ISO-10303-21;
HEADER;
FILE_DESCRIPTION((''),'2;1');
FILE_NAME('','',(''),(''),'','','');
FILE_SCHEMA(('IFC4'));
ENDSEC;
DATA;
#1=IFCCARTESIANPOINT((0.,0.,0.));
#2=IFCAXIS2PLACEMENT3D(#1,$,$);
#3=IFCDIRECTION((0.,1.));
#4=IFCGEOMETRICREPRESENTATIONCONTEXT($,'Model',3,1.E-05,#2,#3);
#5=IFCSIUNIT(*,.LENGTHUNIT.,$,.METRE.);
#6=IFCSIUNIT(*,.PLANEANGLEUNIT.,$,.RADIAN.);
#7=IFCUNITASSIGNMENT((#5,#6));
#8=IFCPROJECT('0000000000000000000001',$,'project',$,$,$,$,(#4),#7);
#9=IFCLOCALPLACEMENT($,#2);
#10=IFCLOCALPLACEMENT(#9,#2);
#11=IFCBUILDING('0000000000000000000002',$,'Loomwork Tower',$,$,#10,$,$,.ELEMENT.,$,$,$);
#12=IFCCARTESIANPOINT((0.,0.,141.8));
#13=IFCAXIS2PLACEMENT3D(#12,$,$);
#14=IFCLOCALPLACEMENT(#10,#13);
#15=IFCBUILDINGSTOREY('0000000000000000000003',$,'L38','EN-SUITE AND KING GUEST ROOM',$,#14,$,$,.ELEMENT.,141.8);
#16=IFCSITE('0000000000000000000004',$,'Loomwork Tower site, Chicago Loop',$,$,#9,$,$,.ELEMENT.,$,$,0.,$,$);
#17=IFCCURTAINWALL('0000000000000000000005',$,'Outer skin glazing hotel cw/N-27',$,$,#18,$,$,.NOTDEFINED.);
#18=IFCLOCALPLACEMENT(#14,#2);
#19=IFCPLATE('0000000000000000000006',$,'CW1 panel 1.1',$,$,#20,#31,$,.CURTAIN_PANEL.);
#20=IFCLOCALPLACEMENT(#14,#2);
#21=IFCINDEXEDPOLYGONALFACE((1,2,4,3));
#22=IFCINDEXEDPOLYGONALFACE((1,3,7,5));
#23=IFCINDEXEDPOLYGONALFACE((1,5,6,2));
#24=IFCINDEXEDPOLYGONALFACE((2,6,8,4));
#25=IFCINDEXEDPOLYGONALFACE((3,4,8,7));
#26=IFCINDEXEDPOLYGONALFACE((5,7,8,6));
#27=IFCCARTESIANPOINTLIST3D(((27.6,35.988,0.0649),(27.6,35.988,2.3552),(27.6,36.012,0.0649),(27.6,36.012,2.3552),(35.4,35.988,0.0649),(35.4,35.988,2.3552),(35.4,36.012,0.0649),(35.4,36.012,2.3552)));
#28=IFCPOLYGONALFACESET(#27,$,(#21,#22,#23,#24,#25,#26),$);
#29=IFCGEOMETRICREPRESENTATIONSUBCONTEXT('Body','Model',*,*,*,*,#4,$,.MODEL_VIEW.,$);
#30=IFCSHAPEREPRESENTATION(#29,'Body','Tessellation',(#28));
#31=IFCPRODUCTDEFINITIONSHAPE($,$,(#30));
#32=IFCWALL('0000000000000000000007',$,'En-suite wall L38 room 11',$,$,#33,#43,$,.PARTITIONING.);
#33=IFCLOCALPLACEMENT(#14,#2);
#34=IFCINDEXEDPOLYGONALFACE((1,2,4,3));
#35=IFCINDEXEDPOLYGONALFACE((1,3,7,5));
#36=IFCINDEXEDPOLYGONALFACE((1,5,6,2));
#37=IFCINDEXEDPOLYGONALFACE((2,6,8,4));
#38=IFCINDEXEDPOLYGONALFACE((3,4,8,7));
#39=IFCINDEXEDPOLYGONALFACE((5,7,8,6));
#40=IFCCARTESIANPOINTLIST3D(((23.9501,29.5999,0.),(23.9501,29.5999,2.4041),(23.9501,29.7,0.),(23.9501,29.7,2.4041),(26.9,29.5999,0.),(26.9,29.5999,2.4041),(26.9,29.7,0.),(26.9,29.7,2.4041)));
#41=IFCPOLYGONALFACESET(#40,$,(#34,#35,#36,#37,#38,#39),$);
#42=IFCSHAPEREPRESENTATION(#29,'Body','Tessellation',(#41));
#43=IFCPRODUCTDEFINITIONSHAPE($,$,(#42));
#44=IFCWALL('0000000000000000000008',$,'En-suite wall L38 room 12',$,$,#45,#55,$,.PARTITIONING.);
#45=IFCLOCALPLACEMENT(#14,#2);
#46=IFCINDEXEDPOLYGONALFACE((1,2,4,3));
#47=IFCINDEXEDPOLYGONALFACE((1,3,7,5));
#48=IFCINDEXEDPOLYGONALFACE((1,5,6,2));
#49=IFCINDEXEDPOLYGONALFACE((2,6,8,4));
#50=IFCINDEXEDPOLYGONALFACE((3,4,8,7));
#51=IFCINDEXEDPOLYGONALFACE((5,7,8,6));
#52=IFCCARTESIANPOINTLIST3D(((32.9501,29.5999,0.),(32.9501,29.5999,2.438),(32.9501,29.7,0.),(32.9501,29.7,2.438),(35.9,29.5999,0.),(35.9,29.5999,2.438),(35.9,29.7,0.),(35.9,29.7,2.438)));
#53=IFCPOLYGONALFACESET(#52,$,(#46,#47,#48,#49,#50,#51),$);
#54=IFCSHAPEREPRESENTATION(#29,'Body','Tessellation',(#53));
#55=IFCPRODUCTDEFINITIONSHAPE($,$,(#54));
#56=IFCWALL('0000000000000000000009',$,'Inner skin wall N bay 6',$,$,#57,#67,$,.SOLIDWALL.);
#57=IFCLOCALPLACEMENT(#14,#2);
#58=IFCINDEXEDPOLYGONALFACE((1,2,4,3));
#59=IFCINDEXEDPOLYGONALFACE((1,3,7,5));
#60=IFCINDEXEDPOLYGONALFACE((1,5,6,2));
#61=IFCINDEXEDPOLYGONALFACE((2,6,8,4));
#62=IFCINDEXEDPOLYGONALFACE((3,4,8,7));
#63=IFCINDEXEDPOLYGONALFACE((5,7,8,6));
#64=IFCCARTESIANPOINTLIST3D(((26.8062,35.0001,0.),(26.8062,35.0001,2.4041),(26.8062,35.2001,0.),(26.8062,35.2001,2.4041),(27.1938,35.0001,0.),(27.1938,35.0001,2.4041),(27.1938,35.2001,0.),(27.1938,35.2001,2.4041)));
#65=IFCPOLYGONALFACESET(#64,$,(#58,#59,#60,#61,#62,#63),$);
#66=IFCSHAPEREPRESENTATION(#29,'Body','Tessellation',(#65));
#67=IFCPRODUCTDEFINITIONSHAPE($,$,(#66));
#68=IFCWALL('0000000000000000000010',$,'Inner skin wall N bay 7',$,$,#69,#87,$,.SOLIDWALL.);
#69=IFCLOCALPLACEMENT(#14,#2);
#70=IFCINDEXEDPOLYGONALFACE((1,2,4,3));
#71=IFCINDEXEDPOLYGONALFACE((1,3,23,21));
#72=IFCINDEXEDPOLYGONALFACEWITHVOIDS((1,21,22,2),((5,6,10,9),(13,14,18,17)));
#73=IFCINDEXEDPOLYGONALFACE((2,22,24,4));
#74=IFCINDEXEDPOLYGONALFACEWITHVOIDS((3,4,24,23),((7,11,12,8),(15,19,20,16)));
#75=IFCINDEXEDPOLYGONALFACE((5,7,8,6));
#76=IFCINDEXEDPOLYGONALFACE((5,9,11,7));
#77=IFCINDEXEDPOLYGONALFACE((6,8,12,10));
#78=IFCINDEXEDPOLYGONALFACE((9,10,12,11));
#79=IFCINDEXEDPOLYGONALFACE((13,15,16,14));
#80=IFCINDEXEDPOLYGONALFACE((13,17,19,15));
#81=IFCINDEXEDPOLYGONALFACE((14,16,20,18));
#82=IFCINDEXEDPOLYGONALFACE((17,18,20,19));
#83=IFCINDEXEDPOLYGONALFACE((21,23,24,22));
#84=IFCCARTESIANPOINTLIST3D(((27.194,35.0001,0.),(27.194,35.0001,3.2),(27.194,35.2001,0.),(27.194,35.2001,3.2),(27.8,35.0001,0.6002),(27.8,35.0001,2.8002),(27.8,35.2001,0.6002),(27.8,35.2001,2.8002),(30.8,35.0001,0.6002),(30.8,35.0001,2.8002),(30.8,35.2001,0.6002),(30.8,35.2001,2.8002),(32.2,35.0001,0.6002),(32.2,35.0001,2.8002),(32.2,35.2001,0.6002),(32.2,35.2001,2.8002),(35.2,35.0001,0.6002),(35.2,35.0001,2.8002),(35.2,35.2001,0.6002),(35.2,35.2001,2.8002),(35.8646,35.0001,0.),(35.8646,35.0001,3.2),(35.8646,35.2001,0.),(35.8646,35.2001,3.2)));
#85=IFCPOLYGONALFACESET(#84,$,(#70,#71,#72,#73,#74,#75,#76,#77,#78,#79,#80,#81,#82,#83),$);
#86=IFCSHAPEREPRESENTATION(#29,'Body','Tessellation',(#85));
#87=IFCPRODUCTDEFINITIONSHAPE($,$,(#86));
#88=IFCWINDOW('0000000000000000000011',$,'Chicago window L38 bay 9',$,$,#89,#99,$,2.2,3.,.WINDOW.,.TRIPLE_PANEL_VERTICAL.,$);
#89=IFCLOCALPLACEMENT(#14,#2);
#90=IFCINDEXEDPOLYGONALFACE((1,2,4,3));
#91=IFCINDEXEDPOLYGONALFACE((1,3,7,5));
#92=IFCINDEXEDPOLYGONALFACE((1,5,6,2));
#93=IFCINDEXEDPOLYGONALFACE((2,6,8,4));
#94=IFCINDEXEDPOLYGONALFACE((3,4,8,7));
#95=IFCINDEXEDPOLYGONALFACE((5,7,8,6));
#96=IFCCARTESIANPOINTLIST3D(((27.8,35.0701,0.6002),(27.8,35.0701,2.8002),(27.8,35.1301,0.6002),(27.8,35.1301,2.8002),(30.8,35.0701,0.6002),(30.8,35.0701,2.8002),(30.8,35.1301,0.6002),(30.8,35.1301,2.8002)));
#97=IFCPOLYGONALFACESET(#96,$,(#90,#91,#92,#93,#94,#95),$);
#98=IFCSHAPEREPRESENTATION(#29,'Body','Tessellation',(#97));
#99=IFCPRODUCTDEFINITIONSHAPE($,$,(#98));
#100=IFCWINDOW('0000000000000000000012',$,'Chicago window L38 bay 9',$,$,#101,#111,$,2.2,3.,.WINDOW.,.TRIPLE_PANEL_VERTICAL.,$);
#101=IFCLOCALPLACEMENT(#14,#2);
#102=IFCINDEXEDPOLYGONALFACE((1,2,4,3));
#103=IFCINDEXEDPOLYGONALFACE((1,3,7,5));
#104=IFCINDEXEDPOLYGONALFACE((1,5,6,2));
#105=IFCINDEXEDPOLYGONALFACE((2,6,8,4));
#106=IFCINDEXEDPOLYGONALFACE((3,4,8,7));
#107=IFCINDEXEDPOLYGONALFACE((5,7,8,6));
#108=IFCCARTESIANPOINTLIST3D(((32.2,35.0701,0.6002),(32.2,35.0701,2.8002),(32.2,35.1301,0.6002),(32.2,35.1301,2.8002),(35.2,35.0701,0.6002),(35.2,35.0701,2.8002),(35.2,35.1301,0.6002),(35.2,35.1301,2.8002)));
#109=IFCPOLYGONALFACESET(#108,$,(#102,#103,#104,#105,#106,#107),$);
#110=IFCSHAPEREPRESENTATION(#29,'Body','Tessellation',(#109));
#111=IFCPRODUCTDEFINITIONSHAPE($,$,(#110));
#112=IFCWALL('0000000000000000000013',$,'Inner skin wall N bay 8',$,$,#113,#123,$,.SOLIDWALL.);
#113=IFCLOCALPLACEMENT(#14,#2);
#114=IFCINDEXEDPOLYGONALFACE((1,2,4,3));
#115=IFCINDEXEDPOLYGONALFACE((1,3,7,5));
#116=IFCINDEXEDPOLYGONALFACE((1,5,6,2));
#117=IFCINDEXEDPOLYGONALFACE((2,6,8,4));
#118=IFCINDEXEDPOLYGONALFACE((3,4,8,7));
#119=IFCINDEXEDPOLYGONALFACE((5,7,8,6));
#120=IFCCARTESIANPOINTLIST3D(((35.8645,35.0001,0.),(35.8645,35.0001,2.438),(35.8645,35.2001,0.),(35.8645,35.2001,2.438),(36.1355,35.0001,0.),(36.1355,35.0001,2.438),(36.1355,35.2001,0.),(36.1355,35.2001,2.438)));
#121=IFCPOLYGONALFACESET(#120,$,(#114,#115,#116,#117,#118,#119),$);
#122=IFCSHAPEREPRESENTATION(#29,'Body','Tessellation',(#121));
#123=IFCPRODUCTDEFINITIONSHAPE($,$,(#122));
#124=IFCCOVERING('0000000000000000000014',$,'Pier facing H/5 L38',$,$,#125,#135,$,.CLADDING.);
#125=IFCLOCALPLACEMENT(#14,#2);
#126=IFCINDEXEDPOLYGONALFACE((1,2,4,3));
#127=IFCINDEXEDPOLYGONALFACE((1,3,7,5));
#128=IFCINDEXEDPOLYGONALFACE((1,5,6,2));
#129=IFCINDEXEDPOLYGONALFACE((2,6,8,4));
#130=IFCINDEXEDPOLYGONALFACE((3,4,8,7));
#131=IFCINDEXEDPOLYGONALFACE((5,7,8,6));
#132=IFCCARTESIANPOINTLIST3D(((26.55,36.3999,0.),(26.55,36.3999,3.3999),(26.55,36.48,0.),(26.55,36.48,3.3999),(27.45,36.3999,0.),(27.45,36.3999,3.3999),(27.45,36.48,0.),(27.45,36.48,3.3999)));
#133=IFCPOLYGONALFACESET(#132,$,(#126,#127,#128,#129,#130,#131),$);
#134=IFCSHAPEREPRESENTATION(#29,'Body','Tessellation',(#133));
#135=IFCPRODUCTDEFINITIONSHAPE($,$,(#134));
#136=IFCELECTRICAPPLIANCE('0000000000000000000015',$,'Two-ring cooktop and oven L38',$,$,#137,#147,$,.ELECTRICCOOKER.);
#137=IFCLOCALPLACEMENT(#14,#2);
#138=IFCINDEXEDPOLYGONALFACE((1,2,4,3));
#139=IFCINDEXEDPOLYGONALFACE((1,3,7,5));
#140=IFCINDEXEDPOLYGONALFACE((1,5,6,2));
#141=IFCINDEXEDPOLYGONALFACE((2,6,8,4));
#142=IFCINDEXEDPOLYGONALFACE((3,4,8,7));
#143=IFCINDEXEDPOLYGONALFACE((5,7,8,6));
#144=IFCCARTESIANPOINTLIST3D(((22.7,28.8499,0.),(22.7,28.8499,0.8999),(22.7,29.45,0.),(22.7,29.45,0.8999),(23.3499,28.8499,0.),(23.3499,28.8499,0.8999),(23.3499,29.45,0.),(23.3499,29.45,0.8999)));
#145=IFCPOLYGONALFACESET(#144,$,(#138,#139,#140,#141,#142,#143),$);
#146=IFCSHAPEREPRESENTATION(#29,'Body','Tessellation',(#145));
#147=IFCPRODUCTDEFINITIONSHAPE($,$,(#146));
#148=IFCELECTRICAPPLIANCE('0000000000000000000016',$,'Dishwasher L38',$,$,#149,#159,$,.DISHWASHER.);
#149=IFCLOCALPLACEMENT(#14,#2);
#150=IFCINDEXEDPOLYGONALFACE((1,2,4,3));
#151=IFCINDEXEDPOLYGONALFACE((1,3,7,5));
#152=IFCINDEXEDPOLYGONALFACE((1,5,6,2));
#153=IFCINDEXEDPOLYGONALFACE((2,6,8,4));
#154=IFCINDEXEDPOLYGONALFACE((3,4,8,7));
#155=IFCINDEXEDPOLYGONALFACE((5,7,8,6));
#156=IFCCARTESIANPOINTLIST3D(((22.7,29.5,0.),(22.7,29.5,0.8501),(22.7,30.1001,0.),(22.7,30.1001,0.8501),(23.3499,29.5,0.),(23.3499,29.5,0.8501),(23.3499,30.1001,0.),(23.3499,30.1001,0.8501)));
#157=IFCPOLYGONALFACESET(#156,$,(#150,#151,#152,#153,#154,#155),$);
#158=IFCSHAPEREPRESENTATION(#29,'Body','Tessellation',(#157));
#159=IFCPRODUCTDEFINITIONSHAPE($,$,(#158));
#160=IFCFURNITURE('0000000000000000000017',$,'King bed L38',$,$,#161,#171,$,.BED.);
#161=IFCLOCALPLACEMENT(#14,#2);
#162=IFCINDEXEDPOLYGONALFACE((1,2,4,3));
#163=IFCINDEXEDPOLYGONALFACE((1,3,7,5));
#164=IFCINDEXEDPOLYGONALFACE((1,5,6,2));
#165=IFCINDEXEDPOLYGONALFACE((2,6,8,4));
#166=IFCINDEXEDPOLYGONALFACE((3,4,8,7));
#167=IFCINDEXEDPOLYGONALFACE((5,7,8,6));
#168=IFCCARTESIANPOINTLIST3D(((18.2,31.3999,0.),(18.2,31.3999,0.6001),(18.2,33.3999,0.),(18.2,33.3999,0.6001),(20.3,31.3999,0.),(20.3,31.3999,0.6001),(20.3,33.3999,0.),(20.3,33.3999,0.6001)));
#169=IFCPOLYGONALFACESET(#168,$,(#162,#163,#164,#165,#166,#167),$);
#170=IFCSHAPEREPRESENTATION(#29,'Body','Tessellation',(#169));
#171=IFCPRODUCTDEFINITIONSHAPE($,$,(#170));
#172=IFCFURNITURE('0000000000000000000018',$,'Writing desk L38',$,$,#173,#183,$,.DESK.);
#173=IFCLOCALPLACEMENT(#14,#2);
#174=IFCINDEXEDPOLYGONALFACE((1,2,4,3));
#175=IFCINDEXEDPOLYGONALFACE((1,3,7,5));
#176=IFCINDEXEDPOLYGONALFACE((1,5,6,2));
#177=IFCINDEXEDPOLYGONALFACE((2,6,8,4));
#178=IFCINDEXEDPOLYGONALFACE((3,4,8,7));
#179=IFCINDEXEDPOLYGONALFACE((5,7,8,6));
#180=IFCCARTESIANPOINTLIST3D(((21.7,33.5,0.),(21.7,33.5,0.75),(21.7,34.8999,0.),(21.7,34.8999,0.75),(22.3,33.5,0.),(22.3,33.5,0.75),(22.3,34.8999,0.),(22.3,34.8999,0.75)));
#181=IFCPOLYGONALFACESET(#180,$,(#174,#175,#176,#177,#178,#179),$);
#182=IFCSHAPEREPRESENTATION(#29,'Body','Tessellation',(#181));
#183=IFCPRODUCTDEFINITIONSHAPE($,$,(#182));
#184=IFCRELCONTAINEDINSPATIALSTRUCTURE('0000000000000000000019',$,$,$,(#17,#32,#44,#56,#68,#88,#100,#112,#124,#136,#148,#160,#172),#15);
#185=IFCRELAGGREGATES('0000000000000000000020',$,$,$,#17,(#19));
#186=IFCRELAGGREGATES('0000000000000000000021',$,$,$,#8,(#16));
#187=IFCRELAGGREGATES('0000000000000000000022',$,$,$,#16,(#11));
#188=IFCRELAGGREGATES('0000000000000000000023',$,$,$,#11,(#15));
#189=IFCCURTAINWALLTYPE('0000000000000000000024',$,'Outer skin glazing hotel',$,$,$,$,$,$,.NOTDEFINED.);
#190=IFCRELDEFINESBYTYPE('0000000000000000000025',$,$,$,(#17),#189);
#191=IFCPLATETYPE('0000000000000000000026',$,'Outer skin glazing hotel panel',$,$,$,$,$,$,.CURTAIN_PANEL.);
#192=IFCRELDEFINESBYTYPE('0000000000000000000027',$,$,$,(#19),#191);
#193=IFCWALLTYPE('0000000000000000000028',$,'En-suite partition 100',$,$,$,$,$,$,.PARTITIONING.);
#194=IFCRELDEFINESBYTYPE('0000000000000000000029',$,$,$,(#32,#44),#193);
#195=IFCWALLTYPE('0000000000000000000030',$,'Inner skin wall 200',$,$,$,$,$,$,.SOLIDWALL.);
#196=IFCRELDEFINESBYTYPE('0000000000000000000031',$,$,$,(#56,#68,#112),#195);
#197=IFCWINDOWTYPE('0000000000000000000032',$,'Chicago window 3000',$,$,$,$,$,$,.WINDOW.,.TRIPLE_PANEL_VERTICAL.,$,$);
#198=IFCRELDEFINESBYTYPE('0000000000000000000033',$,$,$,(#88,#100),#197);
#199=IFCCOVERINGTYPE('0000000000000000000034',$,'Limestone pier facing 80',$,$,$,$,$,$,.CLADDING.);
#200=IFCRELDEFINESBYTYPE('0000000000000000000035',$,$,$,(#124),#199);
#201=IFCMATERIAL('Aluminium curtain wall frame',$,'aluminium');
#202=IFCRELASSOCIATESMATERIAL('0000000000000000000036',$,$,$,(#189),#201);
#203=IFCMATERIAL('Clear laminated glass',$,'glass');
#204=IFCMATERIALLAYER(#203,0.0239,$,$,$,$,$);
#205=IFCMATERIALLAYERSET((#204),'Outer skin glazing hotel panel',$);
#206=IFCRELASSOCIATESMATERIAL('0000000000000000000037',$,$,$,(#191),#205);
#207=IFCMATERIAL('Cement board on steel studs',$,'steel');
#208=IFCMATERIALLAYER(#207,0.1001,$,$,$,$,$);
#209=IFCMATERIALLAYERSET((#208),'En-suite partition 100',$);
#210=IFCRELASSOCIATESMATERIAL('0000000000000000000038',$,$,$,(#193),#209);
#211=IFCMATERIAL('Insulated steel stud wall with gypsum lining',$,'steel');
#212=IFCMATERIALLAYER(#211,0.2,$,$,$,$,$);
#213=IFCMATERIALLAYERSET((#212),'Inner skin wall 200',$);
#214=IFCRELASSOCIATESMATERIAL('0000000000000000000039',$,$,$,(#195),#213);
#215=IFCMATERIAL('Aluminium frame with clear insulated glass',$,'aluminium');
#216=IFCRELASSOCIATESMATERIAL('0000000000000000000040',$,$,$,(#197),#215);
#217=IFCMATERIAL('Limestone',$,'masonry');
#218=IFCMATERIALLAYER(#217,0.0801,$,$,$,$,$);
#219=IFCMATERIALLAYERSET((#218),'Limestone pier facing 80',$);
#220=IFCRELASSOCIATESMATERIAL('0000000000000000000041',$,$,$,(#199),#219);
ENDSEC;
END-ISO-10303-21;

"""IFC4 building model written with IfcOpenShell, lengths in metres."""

from ifc_helpers import new_model, si_unit, direction, frame, frame_2d, origin, origin_2d, place, context, subcontext, project, spatial, rectangle, extrude, material, layer, layer_set, type_object, element, fill, aggregate, save


model = new_model("IFC4")

# Units and contexts
model_context = context("Model", 3, precision=1e-05, world=origin(), true_north=direction((0.0, 1.0)))
body_context = subcontext(model_context, "Body", "Model", "MODEL_VIEW")
ifc_project = project(units=[si_unit("LENGTHUNIT", "METRE"), si_unit("PLANEANGLEUNIT", "RADIAN")], contexts=[model_context])

# Site, building, storey
site_placement = place(None, origin())
site = spatial("IfcSite", under=ifc_project, at=site_placement, Name="Loomwork Tower site, Chicago Loop", CompositionType="ELEMENT", RefElevation=0.0)
building_placement = place(site_placement, origin())
building = spatial("IfcBuilding", under=site, at=building_placement, Name="Loomwork Tower", CompositionType="ELEMENT")
storey_placement = place(building_placement, frame((0.0, 0.0, 141.8)))
storey = spatial("IfcBuildingStorey", under=building, at=storey_placement, Name="L38", Description="EN-SUITE AND KING GUEST ROOM", CompositionType="ELEMENT", Elevation=141.8)

# Curtain wall
ifc_material_1 = material(Name="Aluminium curtain wall frame", Category="aluminium")
curtain_wall_type = type_object("IfcCurtainWallType", Name="Outer skin glazing hotel", PredefinedType="NOTDEFINED", material=ifc_material_1)
curtain_wall_1_placement = place(storey_placement, origin())
curtain_wall_1 = element("IfcCurtainWall", 1, at=curtain_wall_1_placement, inside=storey, type_object=curtain_wall_type, Name="Outer skin glazing hotel cw/N-27", PredefinedType="NOTDEFINED")

# Plate
ifc_material_2 = material(Name="Clear laminated glass", Category="glass")
ifc_layer_1 = layer(ifc_material_2, 0.0239)
ifc_layer_set_1 = layer_set([ifc_layer_1], Name="Outer skin glazing hotel panel")
plate_type = type_object("IfcPlateType", Name="Outer skin glazing hotel panel", PredefinedType="CURTAIN_PANEL", material=ifc_layer_set_1)
plate_1_placement = place(storey_placement, frame((31.5, 36.0, 0.0649), z_axis=(0.0, 0.0, 1.0), x_axis=(-1.0, 0.0, 0.0)))
plate_1 = element("IfcPlate", 2, at=plate_1_placement, type_object=plate_type, Name="CW1 panel 1.1", PredefinedType="CURTAIN_PANEL", context=body_context, shape_type="SweptSolid", body=[
    extrude(rectangle(XDim=7.8, YDim=0.0239, at=origin_2d()), origin(), (0.0, 0.0, 1.0), 2.2903),
])
aggregate(curtain_wall_1, [plate_1])

# Walls
ifc_material_3 = material(Name="Cement board on steel studs", Category="steel")
ifc_layer_2 = layer(ifc_material_3, 0.1001)
ifc_layer_set_2 = layer_set([ifc_layer_2], Name="En-suite partition 100")
wall_type_1 = type_object("IfcWallType", Name="En-suite partition 100", PredefinedType="PARTITIONING", material=ifc_layer_set_2)
wall_1_placement = place(storey_placement, frame((23.95, 29.6499, 0.0), z_axis=(0.0, 0.0, 1.0), x_axis=(1.0, 0.0, 0.0)))
element("IfcWall", 3, at=wall_1_placement, inside=storey, type_object=wall_type_1, Name="En-suite wall L38 room 11", PredefinedType="PARTITIONING", context=body_context, shape_type="SweptSolid", body=[
    extrude(rectangle(XDim=2.95, YDim=0.1001, at=frame_2d((1.4751, 0.0))), origin(), (0.0, 0.0, 1.0), 2.4041),
])
wall_2_placement = place(storey_placement, frame((32.95, 29.6499, 0.0), z_axis=(0.0, 0.0, 1.0), x_axis=(1.0, 0.0, 0.0)))
element("IfcWall", 4, at=wall_2_placement, inside=storey, type_object=wall_type_1, Name="En-suite wall L38 room 12", PredefinedType="PARTITIONING", context=body_context, shape_type="SweptSolid", body=[
    extrude(rectangle(XDim=2.95, YDim=0.1001, at=frame_2d((1.4751, 0.0))), origin(), (0.0, 0.0, 1.0), 2.438),
])
ifc_material_4 = material(Name="Insulated steel stud wall with gypsum lining", Category="steel")
ifc_layer_3 = layer(ifc_material_4, 0.2)
ifc_layer_set_3 = layer_set([ifc_layer_3], Name="Inner skin wall 200")
wall_type_2 = type_object("IfcWallType", Name="Inner skin wall 200", PredefinedType="SOLIDWALL", material=ifc_layer_set_3)
wall_3_placement = place(storey_placement, frame((26.8062, 35.1001, 0.0), z_axis=(0.0, 0.0, 1.0), x_axis=(1.0, 0.0, 0.0)))
element("IfcWall", 5, at=wall_3_placement, inside=storey, type_object=wall_type_2, Name="Inner skin wall N bay 6", PredefinedType="SOLIDWALL", context=body_context, shape_type="SweptSolid", body=[
    extrude(rectangle(XDim=0.3877, YDim=0.2, at=frame_2d((0.1938, 0.0))), origin(), (0.0, 0.0, 1.0), 2.4041),
])

# Wall, openings, windows
wall_4_placement = place(storey_placement, frame((27.1938, 35.1001, 0.0), z_axis=(0.0, 0.0, 1.0), x_axis=(1.0, 0.0, 0.0)))
wall_4 = element("IfcWall", 6, at=wall_4_placement, inside=storey, type_object=wall_type_2, Name="Inner skin wall N bay 7", PredefinedType="SOLIDWALL", context=body_context, shape_type="SweptSolid", body=[
    extrude(rectangle(XDim=8.6707, YDim=0.2, at=frame_2d((4.3354, 0.0))), origin(), (0.0, 0.0, 1.0), 3.2),
])
opening_1_placement = place(wall_4_placement, frame((0.6062, 0.0, 0.6001)))
opening_1 = element("IfcOpeningElement", 7, at=opening_1_placement, cuts=wall_4, PredefinedType="OPENING", context=body_context, shape_type="SweptSolid", body=[
    extrude(rectangle(XDim=3.0, YDim=2.2, at=frame_2d((1.5, 1.1001))), frame((0.0, 0.1099, 0.0), z_axis=(0.0, -1.0, 0.0), x_axis=(1.0, 0.0, 0.0)), (0.0, 0.0, 1.0), 0.22),
])
opening_2_placement = place(wall_4_placement, frame((5.0061, 0.0, 0.6001)))
opening_2 = element("IfcOpeningElement", 8, at=opening_2_placement, cuts=wall_4, PredefinedType="OPENING", context=body_context, shape_type="SweptSolid", body=[
    extrude(rectangle(XDim=3.0, YDim=2.2, at=frame_2d((1.5, 1.1001))), frame((0.0, 0.1099, 0.0), z_axis=(0.0, -1.0, 0.0), x_axis=(1.0, 0.0, 0.0)), (0.0, 0.0, 1.0), 0.22),
])
ifc_material_5 = material(Name="Aluminium frame with clear insulated glass", Category="aluminium")
window_type = type_object("IfcWindowType", Name="Chicago window 3000", PartitioningType="TRIPLE_PANEL_VERTICAL", PredefinedType="WINDOW", material=ifc_material_5)
window_1_placement = place(opening_1_placement, origin())
window_1 = element("IfcWindow", 9, at=window_1_placement, inside=storey, type_object=window_type, Name="Chicago window L38 bay 9", OverallHeight=2.2, OverallWidth=3.0, PartitioningType="TRIPLE_PANEL_VERTICAL", PredefinedType="WINDOW", context=body_context, shape_type="SweptSolid", body=[
    extrude(rectangle(XDim=3.0, YDim=2.2, at=frame_2d((1.5, 1.1001))), frame((0.0, 0.03, 0.0), z_axis=(0.0, -1.0, 0.0), x_axis=(1.0, 0.0, 0.0)), (0.0, 0.0, 1.0), 0.0601),
])
fill(opening_1, window_1)
window_2_placement = place(opening_2_placement, origin())
window_2 = element("IfcWindow", 10, at=window_2_placement, inside=storey, type_object=window_type, Name="Chicago window L38 bay 9", OverallHeight=2.2, OverallWidth=3.0, PartitioningType="TRIPLE_PANEL_VERTICAL", PredefinedType="WINDOW", context=body_context, shape_type="SweptSolid", body=[
    extrude(rectangle(XDim=3.0, YDim=2.2, at=frame_2d((1.5, 1.1001))), frame((0.0, 0.03, 0.0), z_axis=(0.0, -1.0, 0.0), x_axis=(1.0, 0.0, 0.0)), (0.0, 0.0, 1.0), 0.0601),
])
fill(opening_2, window_2)

# Wall
wall_5_placement = place(storey_placement, frame((35.8645, 35.1001, 0.0), z_axis=(0.0, 0.0, 1.0), x_axis=(1.0, 0.0, 0.0)))
element("IfcWall", 11, at=wall_5_placement, inside=storey, type_object=wall_type_2, Name="Inner skin wall N bay 8", PredefinedType="SOLIDWALL", context=body_context, shape_type="SweptSolid", body=[
    extrude(rectangle(XDim=0.271, YDim=0.2, at=frame_2d((0.1355, 0.0))), origin(), (0.0, 0.0, 1.0), 2.438),
])

# Covering
ifc_material_6 = material(Name="Limestone", Category="masonry")
ifc_layer_4 = layer(ifc_material_6, 0.0801)
ifc_layer_set_4 = layer_set([ifc_layer_4], Name="Limestone pier facing 80")
covering_type = type_object("IfcCoveringType", Name="Limestone pier facing 80", PredefinedType="CLADDING", material=ifc_layer_set_4)
covering_placement = place(storey_placement, frame((27.0, 36.4399, 0.0), z_axis=(0.0, 0.0, 1.0), x_axis=(1.0, 0.0, 0.0)))
element("IfcCovering", 12, at=covering_placement, inside=storey, type_object=covering_type, Name="Pier facing H/5 L38", PredefinedType="CLADDING", context=body_context, shape_type="SweptSolid", body=[
    extrude(rectangle(XDim=0.8999, YDim=0.0801, at=origin_2d()), origin(), (0.0, 0.0, 1.0), 3.3999),
])

# Electric appliances
electric_appliance_1_placement = place(storey_placement, frame((23.0249, 29.1499, 0.0), z_axis=(0.0, 0.0, 1.0), x_axis=(1.0, 0.0, 0.0)))
element("IfcElectricAppliance", 13, at=electric_appliance_1_placement, inside=storey, Name="Two-ring cooktop and oven L38", PredefinedType="ELECTRICCOOKER", context=body_context, shape_type="SweptSolid", body=[
    extrude(rectangle(XDim=0.6499, YDim=0.6001, at=origin_2d()), origin(), (0.0, 0.0, 1.0), 0.8999),
])
electric_appliance_2_placement = place(storey_placement, frame((23.0249, 29.8, 0.0), z_axis=(0.0, 0.0, 1.0), x_axis=(1.0, 0.0, 0.0)))
element("IfcElectricAppliance", 14, at=electric_appliance_2_placement, inside=storey, Name="Dishwasher L38", PredefinedType="DISHWASHER", context=body_context, shape_type="SweptSolid", body=[
    extrude(rectangle(XDim=0.6499, YDim=0.6001, at=origin_2d()), origin(), (0.0, 0.0, 1.0), 0.8501),
])

# Furniture
furniture_1_placement = place(storey_placement, frame((19.25, 32.3999, 0.0), z_axis=(0.0, 0.0, 1.0), x_axis=(1.0, 0.0, 0.0)))
element("IfcFurniture", 15, at=furniture_1_placement, inside=storey, Name="King bed L38", PredefinedType="BED", context=body_context, shape_type="SweptSolid", body=[
    extrude(rectangle(XDim=2.1001, YDim=2.0, at=origin_2d()), origin(), (0.0, 0.0, 1.0), 0.6001),
])
furniture_2_placement = place(storey_placement, frame((22.0, 34.2, 0.0), z_axis=(0.0, 0.0, 1.0), x_axis=(1.0, 0.0, 0.0)))
element("IfcFurniture", 16, at=furniture_2_placement, inside=storey, Name="Writing desk L38", PredefinedType="DESK", context=body_context, shape_type="SweptSolid", body=[
    extrude(rectangle(XDim=0.6001, YDim=1.3999, at=origin_2d()), origin(), (0.0, 0.0, 1.0), 0.75),
])

save(model, "model.ifc")
